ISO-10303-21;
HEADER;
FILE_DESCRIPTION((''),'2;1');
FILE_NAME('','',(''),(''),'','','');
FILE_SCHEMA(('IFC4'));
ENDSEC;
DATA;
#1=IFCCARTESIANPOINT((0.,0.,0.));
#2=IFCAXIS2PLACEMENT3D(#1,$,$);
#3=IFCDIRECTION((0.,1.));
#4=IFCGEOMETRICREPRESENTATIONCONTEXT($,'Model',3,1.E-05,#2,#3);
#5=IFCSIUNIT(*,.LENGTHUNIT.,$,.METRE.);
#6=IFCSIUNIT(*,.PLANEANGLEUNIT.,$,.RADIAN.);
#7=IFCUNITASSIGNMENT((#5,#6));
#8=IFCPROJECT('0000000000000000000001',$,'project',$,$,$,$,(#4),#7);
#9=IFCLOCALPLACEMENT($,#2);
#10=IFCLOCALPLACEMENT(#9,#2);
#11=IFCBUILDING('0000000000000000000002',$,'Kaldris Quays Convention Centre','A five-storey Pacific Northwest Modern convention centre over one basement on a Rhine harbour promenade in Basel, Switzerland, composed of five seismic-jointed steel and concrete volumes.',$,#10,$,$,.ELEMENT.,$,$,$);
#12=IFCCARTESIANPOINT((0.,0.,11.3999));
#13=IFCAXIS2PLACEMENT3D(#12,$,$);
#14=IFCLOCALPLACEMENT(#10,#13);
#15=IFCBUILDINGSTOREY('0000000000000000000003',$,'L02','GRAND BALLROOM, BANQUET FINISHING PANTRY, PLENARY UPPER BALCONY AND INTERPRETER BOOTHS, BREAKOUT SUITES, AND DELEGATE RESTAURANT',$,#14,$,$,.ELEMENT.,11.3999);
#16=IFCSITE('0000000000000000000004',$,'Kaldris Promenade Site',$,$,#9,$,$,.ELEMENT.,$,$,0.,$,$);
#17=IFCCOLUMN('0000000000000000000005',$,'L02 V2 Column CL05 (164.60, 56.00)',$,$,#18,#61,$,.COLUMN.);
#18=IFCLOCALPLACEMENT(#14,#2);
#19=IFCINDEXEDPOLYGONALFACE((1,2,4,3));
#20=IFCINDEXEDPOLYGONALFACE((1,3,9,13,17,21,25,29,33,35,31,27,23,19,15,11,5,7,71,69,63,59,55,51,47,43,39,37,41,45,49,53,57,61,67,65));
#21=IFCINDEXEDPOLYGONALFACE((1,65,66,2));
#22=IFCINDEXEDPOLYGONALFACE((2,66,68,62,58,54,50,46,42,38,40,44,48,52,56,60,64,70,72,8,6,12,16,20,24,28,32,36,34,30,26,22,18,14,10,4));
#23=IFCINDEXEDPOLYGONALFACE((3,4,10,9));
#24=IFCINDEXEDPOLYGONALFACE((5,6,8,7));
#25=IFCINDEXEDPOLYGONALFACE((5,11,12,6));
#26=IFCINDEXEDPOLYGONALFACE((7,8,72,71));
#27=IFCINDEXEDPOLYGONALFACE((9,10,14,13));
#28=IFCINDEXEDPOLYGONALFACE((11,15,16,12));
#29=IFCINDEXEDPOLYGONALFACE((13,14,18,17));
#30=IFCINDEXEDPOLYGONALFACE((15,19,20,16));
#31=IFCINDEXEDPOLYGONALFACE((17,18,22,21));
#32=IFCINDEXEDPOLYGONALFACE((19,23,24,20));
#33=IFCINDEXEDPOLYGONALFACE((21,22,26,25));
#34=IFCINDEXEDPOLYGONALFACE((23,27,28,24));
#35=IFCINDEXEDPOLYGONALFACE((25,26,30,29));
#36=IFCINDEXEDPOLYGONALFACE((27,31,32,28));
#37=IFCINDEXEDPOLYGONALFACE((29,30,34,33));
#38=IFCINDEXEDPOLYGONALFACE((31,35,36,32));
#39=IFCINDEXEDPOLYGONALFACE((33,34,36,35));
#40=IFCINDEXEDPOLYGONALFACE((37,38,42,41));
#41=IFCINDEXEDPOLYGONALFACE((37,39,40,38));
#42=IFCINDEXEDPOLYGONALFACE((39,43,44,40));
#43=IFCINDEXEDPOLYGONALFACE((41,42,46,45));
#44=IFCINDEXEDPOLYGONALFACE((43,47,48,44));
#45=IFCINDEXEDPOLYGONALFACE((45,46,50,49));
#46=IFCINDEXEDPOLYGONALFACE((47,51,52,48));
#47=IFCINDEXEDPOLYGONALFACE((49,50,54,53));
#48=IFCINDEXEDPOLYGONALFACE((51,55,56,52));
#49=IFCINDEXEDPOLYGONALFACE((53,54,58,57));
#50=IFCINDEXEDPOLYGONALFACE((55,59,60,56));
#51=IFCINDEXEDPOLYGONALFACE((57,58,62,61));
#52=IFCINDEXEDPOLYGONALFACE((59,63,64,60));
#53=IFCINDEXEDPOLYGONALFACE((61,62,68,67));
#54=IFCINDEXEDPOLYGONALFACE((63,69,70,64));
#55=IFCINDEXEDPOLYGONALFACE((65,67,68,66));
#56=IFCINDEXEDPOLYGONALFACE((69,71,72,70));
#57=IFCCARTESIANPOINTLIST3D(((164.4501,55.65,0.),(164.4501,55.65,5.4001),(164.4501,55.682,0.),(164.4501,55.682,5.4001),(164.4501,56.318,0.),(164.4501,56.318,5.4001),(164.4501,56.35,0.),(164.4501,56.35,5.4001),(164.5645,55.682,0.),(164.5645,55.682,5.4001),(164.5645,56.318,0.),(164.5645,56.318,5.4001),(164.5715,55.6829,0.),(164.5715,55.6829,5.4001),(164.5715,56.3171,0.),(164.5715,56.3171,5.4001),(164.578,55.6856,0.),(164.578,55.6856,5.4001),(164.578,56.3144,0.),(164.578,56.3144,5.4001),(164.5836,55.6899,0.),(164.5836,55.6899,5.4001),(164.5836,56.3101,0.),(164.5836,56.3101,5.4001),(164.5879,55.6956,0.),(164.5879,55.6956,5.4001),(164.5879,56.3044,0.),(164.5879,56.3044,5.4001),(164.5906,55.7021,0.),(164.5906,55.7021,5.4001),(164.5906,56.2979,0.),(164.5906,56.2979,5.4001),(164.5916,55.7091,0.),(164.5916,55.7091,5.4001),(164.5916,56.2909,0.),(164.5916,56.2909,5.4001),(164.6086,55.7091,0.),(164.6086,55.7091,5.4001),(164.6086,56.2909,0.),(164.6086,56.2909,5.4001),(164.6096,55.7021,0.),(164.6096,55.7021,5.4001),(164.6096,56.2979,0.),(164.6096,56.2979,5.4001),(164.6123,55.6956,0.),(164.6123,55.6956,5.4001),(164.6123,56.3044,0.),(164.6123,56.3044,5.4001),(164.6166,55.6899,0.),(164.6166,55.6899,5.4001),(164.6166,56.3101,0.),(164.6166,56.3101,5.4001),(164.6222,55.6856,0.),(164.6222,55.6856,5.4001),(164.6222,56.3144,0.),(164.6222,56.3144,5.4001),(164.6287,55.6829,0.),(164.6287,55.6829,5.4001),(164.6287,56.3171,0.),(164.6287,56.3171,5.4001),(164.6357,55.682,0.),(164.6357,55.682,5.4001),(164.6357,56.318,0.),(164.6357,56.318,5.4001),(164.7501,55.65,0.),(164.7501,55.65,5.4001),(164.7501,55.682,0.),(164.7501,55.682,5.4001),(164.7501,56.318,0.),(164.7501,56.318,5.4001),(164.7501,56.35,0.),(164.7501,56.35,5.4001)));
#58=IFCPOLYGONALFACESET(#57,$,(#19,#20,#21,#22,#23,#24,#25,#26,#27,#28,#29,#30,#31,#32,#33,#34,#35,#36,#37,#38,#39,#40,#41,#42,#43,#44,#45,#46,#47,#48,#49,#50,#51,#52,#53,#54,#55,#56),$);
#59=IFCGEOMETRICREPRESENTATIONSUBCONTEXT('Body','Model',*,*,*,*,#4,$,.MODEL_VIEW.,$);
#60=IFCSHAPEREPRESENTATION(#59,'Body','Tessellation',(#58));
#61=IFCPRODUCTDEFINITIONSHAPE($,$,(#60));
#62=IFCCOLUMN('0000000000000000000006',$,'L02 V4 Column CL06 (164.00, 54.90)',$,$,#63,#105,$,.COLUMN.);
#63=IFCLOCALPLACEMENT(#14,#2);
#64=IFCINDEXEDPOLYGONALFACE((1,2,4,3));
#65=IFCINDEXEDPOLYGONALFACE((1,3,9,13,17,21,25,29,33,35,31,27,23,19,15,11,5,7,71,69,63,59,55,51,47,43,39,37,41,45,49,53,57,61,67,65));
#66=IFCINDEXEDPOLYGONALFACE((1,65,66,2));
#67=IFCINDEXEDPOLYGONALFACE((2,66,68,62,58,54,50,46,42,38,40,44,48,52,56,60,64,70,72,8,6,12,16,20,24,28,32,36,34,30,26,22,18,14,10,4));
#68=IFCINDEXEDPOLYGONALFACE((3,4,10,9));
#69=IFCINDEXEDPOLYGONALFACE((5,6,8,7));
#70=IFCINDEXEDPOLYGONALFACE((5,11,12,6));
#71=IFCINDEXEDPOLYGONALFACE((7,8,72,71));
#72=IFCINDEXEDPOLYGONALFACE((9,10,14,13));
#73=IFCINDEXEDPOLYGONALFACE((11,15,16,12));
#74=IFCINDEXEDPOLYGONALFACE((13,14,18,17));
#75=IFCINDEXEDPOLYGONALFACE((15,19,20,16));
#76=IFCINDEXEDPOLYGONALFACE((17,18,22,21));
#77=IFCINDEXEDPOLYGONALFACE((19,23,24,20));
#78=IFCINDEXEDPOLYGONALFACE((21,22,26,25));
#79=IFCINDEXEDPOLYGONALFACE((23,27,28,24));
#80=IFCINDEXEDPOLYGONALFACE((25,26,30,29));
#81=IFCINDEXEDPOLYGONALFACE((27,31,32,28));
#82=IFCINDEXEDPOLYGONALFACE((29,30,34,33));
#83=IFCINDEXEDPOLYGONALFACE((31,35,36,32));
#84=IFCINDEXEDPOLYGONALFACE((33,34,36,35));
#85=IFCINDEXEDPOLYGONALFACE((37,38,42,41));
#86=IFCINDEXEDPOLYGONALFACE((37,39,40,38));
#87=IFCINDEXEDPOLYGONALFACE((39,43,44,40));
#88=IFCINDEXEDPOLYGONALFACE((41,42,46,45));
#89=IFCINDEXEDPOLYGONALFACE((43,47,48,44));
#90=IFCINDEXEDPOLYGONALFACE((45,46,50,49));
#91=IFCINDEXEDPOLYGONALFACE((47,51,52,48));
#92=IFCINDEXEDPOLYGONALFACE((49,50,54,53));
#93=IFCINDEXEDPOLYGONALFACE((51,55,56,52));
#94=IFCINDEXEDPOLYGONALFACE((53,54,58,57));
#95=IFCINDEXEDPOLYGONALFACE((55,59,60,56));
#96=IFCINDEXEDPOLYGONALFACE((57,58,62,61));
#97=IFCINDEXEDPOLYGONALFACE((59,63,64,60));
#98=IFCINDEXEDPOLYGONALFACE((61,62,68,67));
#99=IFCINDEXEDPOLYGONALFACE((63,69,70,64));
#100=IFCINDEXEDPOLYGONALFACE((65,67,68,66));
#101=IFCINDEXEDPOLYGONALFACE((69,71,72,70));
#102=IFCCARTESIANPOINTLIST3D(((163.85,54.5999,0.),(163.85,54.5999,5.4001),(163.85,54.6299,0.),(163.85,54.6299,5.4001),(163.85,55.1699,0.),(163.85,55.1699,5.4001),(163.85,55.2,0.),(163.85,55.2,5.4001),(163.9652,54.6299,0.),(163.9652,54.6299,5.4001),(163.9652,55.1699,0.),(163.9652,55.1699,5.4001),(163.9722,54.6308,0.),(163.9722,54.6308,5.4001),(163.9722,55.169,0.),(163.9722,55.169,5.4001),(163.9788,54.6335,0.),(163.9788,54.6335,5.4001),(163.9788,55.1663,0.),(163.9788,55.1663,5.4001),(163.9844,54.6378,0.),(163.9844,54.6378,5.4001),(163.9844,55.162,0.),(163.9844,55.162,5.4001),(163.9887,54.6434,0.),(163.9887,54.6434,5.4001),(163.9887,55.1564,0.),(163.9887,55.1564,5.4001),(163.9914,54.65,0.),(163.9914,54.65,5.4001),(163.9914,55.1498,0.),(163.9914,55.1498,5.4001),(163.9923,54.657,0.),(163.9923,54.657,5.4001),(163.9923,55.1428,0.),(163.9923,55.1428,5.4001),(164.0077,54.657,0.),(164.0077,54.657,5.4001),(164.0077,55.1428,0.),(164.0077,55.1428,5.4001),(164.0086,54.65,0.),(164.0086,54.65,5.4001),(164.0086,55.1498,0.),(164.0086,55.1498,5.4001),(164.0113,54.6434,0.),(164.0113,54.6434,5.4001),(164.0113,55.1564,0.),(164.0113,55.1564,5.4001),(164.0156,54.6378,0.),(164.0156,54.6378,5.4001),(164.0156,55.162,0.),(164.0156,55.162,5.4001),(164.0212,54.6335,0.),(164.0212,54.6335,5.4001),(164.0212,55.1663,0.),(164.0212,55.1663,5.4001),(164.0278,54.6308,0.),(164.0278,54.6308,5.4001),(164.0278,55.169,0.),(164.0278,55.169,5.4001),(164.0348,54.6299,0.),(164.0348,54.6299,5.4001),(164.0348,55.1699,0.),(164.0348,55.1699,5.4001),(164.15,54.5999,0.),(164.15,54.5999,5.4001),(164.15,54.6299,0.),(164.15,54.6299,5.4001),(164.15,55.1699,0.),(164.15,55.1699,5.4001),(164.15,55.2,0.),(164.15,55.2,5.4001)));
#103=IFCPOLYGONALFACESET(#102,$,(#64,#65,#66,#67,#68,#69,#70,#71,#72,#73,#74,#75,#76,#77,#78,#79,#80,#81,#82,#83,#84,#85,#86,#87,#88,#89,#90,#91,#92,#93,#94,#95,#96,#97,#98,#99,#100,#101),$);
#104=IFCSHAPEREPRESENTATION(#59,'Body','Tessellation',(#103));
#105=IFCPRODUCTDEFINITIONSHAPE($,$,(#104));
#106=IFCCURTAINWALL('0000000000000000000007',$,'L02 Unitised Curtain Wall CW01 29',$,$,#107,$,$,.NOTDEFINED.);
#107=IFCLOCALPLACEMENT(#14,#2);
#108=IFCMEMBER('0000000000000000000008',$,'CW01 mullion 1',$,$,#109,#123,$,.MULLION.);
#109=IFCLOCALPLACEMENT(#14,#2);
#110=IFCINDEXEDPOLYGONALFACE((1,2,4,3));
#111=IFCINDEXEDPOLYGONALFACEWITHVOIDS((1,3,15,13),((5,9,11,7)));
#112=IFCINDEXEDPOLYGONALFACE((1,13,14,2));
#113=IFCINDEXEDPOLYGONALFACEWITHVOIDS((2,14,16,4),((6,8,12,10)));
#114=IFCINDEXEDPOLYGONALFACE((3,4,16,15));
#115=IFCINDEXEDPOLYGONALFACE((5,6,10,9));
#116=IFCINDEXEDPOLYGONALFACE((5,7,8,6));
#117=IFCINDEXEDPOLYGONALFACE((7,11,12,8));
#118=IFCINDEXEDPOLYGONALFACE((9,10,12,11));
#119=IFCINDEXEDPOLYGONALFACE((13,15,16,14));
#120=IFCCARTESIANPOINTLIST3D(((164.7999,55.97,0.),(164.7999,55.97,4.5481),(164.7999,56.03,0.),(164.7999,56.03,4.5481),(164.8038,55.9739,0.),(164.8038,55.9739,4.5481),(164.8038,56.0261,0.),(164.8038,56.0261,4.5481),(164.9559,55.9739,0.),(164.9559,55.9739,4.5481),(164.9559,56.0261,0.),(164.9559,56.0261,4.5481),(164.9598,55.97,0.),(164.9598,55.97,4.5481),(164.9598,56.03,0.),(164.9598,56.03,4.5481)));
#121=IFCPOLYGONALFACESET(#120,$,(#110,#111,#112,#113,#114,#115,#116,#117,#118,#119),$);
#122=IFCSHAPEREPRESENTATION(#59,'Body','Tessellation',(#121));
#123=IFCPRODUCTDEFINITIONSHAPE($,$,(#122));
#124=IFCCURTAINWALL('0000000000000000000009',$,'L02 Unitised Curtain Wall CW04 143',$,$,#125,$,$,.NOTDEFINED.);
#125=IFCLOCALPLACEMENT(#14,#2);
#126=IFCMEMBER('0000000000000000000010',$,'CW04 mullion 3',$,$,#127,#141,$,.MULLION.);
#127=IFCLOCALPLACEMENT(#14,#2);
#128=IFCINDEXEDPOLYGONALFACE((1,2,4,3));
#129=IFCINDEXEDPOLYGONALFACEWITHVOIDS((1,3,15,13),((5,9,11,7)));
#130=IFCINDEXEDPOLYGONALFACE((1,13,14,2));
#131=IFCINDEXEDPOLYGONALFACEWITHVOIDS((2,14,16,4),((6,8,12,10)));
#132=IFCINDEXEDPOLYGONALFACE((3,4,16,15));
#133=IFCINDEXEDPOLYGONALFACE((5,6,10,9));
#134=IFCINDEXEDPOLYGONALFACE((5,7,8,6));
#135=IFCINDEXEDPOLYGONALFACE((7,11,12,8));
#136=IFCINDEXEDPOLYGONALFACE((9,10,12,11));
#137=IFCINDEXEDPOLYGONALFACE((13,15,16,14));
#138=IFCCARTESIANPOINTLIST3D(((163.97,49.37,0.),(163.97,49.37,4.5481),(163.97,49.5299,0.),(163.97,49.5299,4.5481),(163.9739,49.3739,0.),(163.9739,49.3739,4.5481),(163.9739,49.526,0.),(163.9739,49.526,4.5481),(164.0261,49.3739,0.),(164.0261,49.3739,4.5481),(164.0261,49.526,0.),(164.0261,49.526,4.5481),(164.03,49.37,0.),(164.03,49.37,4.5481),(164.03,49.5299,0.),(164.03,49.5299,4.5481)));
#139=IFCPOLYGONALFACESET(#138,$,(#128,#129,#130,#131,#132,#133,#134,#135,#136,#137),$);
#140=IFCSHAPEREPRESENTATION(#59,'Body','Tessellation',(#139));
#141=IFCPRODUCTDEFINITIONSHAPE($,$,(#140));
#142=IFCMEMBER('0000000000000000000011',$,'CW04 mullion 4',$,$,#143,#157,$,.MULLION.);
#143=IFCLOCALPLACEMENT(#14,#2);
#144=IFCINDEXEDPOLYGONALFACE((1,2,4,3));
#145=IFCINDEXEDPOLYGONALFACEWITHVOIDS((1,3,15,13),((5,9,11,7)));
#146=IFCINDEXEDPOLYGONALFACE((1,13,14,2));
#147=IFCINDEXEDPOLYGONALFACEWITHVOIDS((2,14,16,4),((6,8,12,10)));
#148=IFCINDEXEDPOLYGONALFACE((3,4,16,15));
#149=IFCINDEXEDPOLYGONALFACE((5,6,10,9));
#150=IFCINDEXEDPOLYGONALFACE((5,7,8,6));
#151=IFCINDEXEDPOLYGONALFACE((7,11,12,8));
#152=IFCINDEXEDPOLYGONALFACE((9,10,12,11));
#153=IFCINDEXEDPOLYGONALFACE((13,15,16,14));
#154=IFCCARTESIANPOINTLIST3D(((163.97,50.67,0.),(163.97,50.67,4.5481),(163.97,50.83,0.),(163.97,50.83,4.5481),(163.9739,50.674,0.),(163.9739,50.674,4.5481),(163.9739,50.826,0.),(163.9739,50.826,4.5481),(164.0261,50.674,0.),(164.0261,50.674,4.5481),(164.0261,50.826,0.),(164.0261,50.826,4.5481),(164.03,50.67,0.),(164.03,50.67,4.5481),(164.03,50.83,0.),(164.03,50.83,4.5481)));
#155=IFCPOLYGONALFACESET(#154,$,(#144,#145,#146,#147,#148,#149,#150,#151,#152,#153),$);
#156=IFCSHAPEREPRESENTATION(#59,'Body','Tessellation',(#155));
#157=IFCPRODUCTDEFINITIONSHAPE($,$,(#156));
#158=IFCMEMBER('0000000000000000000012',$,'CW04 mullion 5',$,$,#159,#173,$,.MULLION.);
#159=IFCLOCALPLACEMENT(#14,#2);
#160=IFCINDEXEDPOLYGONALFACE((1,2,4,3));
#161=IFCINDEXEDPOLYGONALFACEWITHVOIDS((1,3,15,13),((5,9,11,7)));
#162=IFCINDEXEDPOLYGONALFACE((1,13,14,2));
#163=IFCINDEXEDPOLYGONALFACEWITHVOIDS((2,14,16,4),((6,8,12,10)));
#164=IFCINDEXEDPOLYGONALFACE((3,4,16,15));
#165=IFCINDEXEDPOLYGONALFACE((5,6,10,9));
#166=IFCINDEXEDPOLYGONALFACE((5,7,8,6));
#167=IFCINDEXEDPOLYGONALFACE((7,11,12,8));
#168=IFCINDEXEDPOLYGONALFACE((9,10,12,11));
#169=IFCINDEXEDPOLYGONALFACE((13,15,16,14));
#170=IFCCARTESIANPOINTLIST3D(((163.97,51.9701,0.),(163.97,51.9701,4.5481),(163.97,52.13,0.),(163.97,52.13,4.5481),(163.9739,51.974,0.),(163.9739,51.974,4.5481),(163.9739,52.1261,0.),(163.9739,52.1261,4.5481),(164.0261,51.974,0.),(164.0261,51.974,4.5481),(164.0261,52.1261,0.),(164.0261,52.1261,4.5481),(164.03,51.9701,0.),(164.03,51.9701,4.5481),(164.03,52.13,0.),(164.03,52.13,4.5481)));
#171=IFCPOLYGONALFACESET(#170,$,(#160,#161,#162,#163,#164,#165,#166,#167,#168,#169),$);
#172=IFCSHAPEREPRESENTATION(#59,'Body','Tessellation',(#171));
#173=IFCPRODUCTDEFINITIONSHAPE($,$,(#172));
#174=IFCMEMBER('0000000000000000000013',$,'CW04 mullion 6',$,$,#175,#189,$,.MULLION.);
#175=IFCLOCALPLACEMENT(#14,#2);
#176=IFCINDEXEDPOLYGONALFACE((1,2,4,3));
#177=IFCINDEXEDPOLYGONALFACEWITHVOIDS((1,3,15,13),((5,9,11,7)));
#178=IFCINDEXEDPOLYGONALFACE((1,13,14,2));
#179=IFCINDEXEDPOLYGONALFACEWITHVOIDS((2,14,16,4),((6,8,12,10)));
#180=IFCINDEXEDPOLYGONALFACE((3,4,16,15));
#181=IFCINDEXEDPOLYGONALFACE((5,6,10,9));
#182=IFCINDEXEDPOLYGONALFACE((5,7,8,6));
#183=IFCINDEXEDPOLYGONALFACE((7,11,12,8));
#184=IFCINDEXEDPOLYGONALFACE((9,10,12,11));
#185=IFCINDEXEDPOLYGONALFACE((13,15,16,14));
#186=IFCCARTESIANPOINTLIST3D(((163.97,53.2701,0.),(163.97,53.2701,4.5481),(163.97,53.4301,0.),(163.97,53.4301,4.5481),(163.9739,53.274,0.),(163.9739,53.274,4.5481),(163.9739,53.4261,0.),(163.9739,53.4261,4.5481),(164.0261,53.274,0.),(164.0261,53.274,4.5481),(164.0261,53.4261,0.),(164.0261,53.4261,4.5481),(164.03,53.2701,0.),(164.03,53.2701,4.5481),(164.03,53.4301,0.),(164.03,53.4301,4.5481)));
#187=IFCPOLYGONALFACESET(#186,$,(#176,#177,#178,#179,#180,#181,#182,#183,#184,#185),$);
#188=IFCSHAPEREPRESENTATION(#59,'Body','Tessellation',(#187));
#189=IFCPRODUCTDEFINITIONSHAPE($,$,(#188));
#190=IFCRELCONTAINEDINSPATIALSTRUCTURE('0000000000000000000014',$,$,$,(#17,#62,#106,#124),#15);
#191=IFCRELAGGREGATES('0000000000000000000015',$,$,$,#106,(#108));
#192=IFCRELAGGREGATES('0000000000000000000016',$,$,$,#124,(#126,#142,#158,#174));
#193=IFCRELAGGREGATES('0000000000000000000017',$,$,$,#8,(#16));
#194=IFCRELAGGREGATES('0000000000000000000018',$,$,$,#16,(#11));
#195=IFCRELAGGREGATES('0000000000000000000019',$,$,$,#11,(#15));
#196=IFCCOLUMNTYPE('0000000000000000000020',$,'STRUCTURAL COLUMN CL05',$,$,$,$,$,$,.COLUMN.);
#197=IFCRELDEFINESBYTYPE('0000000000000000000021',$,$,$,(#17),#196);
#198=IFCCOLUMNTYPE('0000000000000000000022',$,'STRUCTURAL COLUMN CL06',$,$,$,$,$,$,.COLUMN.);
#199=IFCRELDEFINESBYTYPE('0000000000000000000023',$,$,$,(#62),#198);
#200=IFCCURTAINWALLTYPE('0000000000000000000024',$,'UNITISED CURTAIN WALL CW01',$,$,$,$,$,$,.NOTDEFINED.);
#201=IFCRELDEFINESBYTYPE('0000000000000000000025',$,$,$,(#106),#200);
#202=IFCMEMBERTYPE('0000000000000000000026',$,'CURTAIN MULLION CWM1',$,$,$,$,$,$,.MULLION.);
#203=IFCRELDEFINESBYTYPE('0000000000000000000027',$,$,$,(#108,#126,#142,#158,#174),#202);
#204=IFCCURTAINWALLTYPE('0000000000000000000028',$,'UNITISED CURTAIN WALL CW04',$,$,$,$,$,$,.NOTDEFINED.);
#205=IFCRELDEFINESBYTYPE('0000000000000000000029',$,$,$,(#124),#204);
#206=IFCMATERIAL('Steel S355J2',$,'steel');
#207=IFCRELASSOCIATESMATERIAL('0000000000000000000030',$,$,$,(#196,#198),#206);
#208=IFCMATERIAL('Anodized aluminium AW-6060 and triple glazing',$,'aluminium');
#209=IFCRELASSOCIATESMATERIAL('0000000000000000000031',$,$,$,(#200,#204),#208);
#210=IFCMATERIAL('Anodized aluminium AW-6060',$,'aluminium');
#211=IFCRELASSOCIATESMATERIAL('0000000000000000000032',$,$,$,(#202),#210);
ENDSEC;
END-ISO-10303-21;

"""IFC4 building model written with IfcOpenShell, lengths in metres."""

from ifc_helpers import new_model, si_unit, direction, frame, origin, origin_2d, place, context, subcontext, project, spatial, hollow_rectangle, i_section, extrude, material, material_profile, profile_set, type_object, element, aggregate, save


model = new_model("IFC4")

# Units and contexts
model_context = context("Model", 3, precision=1e-05, world=origin(), true_north=direction((0.0, 1.0)))
body_context = subcontext(model_context, "Body", "Model", "MODEL_VIEW")
ifc_project = project(units=[si_unit("LENGTHUNIT", "METRE"), si_unit("PLANEANGLEUNIT", "RADIAN")], contexts=[model_context])

# Site, building, storey
site_placement = place(None, origin())
site = spatial("IfcSite", under=ifc_project, at=site_placement, Name="Kaldris Promenade Site", CompositionType="ELEMENT", RefElevation=0.0)
building_placement = place(site_placement, origin())
building = spatial("IfcBuilding", under=site, at=building_placement, Name="Kaldris Quays Convention Centre", Description="A five-storey Pacific Northwest Modern convention centre over one basement on a Rhine harbour promenade in Basel, Switzerland, composed of five seismic-jointed steel and concrete volumes.", CompositionType="ELEMENT")
storey_placement = place(building_placement, frame((0.0, 0.0, 11.3999)))
storey = spatial("IfcBuildingStorey", under=building, at=storey_placement, Name="L02", Description="GRAND BALLROOM, BANQUET FINISHING PANTRY, PLENARY UPPER BALCONY AND INTERPRETER BOOTHS, BREAKOUT SUITES, AND DELEGATE RESTAURANT", CompositionType="ELEMENT", Elevation=11.3999)

# Columns
ifc_material_1 = material(Name="Steel S355J2", Category="steel")
ifc_material_profile_1 = material_profile(ifc_material_1, i_section(OverallWidth=0.3, OverallDepth=0.7, WebThickness=0.0171, FlangeThickness=0.032, FilletRadius=0.0271, at=origin_2d()), Name="HEB 700")
ifc_profile_set_1 = profile_set([ifc_material_profile_1], Name="Steel S355J2")
column_type_1 = type_object("IfcColumnType", Name="STRUCTURAL COLUMN CL05", PredefinedType="COLUMN", material=ifc_profile_set_1)
column_1_placement = place(storey_placement, frame((164.6001, 56.0, 0.0), z_axis=(0.0, 0.0, 1.0), x_axis=(1.0, 0.0, 0.0)))
element("IfcColumn", 1, at=column_1_placement, inside=storey, type_object=column_type_1, Name="L02 V2 Column CL05 (164.60, 56.00)", PredefinedType="COLUMN", context=body_context, shape_type="SweptSolid", body=[
    extrude(i_section(OverallWidth=0.3, OverallDepth=0.7, WebThickness=0.0171, FlangeThickness=0.032, FilletRadius=0.0271, at=origin_2d()), origin(), (0.0, 0.0, 1.0), 5.4001),
])
ifc_material_profile_2 = material_profile(ifc_material_1, i_section(OverallWidth=0.3, OverallDepth=0.6001, WebThickness=0.0154, FlangeThickness=0.03, FilletRadius=0.0271, at=origin_2d()), Name="HEB 600")
ifc_profile_set_2 = profile_set([ifc_material_profile_2], Name="Steel S355J2")
column_type_2 = type_object("IfcColumnType", Name="STRUCTURAL COLUMN CL06", PredefinedType="COLUMN", material=ifc_profile_set_2)
column_2_placement = place(storey_placement, frame((164.0, 54.8999, 0.0), z_axis=(0.0, 0.0, 1.0), x_axis=(1.0, 0.0, 0.0)))
element("IfcColumn", 2, at=column_2_placement, inside=storey, type_object=column_type_2, Name="L02 V4 Column CL06 (164.00, 54.90)", PredefinedType="COLUMN", context=body_context, shape_type="SweptSolid", body=[
    extrude(i_section(OverallWidth=0.3, OverallDepth=0.6001, WebThickness=0.0154, FlangeThickness=0.03, FilletRadius=0.0271, at=origin_2d()), origin(), (0.0, 0.0, 1.0), 5.4001),
])

# Curtain wall, member
ifc_material_2 = material(Name="Anodized aluminium AW-6060 and triple glazing", Category="aluminium")
curtain_wall_type_1 = type_object("IfcCurtainWallType", Name="UNITISED CURTAIN WALL CW01", PredefinedType="NOTDEFINED", material=ifc_material_2)
curtain_wall_1_placement = place(storey_placement, origin())
curtain_wall_1 = element("IfcCurtainWall", 3, at=curtain_wall_1_placement, inside=storey, type_object=curtain_wall_type_1, Name="L02 Unitised Curtain Wall CW01 29", PredefinedType="NOTDEFINED")
ifc_material_3 = material(Name="Anodized aluminium AW-6060", Category="aluminium")
ifc_material_profile_3 = material_profile(ifc_material_3, hollow_rectangle(XDim=0.0601, YDim=0.1599, WallThickness=0.0039, at=origin_2d()), Name="RHS 160x60x4")
ifc_profile_set_3 = profile_set([ifc_material_profile_3], Name="Anodized aluminium AW-6060")
member_type_1 = type_object("IfcMemberType", Name="CURTAIN MULLION CWM1", PredefinedType="MULLION", material=ifc_profile_set_3)
member_1_placement = place(storey_placement, frame((164.8799, 56.0, 0.0), z_axis=(0.0, 0.0, 1.0), x_axis=(0.0, 1.0, 0.0)))
member_1 = element("IfcMember", 4, at=member_1_placement, type_object=member_type_1, Name="CW01 mullion 1", PredefinedType="MULLION", context=body_context, shape_type="SweptSolid", body=[
    extrude(hollow_rectangle(XDim=0.0601, YDim=0.1599, WallThickness=0.0039, at=origin_2d()), origin(), (0.0, 0.0, 1.0), 4.5481),
])

# Curtain wall, members
curtain_wall_type_2 = type_object("IfcCurtainWallType", Name="UNITISED CURTAIN WALL CW04", PredefinedType="NOTDEFINED", material=ifc_material_2)
curtain_wall_2_placement = place(storey_placement, origin())
curtain_wall_2 = element("IfcCurtainWall", 5, at=curtain_wall_2_placement, inside=storey, type_object=curtain_wall_type_2, Name="L02 Unitised Curtain Wall CW04 143", PredefinedType="NOTDEFINED")
member_2_placement = place(storey_placement, frame((164.0, 49.45, 0.0), z_axis=(0.0, 0.0, 1.0), x_axis=(-1.0, 0.0, 0.0)))
member_2 = element("IfcMember", 6, at=member_2_placement, type_object=member_type_1, Name="CW04 mullion 3", PredefinedType="MULLION", context=body_context, shape_type="SweptSolid", body=[
    extrude(hollow_rectangle(XDim=0.0601, YDim=0.1599, WallThickness=0.0039, at=origin_2d()), origin(), (0.0, 0.0, 1.0), 4.5481),
])
member_3_placement = place(storey_placement, frame((164.0, 50.75, 0.0), z_axis=(0.0, 0.0, 1.0), x_axis=(-1.0, 0.0, 0.0)))
member_3 = element("IfcMember", 7, at=member_3_placement, type_object=member_type_1, Name="CW04 mullion 4", PredefinedType="MULLION", context=body_context, shape_type="SweptSolid", body=[
    extrude(hollow_rectangle(XDim=0.0601, YDim=0.1599, WallThickness=0.0039, at=origin_2d()), origin(), (0.0, 0.0, 1.0), 4.5481),
])
member_4_placement = place(storey_placement, frame((164.0, 52.05, 0.0), z_axis=(0.0, 0.0, 1.0), x_axis=(-1.0, 0.0, 0.0)))
member_4 = element("IfcMember", 8, at=member_4_placement, type_object=member_type_1, Name="CW04 mullion 5", PredefinedType="MULLION", context=body_context, shape_type="SweptSolid", body=[
    extrude(hollow_rectangle(XDim=0.0601, YDim=0.1599, WallThickness=0.0039, at=origin_2d()), origin(), (0.0, 0.0, 1.0), 4.5481),
])
member_5_placement = place(storey_placement, frame((164.0, 53.3501, 0.0), z_axis=(0.0, 0.0, 1.0), x_axis=(-1.0, 0.0, 0.0)))
member_5 = element("IfcMember", 9, at=member_5_placement, type_object=member_type_1, Name="CW04 mullion 6", PredefinedType="MULLION", context=body_context, shape_type="SweptSolid", body=[
    extrude(hollow_rectangle(XDim=0.0601, YDim=0.1599, WallThickness=0.0039, at=origin_2d()), origin(), (0.0, 0.0, 1.0), 4.5481),
])

aggregate(curtain_wall_1, [member_1])
aggregate(curtain_wall_2, [member_2, member_3, member_4, member_5])

save(model, "model.ifc")
